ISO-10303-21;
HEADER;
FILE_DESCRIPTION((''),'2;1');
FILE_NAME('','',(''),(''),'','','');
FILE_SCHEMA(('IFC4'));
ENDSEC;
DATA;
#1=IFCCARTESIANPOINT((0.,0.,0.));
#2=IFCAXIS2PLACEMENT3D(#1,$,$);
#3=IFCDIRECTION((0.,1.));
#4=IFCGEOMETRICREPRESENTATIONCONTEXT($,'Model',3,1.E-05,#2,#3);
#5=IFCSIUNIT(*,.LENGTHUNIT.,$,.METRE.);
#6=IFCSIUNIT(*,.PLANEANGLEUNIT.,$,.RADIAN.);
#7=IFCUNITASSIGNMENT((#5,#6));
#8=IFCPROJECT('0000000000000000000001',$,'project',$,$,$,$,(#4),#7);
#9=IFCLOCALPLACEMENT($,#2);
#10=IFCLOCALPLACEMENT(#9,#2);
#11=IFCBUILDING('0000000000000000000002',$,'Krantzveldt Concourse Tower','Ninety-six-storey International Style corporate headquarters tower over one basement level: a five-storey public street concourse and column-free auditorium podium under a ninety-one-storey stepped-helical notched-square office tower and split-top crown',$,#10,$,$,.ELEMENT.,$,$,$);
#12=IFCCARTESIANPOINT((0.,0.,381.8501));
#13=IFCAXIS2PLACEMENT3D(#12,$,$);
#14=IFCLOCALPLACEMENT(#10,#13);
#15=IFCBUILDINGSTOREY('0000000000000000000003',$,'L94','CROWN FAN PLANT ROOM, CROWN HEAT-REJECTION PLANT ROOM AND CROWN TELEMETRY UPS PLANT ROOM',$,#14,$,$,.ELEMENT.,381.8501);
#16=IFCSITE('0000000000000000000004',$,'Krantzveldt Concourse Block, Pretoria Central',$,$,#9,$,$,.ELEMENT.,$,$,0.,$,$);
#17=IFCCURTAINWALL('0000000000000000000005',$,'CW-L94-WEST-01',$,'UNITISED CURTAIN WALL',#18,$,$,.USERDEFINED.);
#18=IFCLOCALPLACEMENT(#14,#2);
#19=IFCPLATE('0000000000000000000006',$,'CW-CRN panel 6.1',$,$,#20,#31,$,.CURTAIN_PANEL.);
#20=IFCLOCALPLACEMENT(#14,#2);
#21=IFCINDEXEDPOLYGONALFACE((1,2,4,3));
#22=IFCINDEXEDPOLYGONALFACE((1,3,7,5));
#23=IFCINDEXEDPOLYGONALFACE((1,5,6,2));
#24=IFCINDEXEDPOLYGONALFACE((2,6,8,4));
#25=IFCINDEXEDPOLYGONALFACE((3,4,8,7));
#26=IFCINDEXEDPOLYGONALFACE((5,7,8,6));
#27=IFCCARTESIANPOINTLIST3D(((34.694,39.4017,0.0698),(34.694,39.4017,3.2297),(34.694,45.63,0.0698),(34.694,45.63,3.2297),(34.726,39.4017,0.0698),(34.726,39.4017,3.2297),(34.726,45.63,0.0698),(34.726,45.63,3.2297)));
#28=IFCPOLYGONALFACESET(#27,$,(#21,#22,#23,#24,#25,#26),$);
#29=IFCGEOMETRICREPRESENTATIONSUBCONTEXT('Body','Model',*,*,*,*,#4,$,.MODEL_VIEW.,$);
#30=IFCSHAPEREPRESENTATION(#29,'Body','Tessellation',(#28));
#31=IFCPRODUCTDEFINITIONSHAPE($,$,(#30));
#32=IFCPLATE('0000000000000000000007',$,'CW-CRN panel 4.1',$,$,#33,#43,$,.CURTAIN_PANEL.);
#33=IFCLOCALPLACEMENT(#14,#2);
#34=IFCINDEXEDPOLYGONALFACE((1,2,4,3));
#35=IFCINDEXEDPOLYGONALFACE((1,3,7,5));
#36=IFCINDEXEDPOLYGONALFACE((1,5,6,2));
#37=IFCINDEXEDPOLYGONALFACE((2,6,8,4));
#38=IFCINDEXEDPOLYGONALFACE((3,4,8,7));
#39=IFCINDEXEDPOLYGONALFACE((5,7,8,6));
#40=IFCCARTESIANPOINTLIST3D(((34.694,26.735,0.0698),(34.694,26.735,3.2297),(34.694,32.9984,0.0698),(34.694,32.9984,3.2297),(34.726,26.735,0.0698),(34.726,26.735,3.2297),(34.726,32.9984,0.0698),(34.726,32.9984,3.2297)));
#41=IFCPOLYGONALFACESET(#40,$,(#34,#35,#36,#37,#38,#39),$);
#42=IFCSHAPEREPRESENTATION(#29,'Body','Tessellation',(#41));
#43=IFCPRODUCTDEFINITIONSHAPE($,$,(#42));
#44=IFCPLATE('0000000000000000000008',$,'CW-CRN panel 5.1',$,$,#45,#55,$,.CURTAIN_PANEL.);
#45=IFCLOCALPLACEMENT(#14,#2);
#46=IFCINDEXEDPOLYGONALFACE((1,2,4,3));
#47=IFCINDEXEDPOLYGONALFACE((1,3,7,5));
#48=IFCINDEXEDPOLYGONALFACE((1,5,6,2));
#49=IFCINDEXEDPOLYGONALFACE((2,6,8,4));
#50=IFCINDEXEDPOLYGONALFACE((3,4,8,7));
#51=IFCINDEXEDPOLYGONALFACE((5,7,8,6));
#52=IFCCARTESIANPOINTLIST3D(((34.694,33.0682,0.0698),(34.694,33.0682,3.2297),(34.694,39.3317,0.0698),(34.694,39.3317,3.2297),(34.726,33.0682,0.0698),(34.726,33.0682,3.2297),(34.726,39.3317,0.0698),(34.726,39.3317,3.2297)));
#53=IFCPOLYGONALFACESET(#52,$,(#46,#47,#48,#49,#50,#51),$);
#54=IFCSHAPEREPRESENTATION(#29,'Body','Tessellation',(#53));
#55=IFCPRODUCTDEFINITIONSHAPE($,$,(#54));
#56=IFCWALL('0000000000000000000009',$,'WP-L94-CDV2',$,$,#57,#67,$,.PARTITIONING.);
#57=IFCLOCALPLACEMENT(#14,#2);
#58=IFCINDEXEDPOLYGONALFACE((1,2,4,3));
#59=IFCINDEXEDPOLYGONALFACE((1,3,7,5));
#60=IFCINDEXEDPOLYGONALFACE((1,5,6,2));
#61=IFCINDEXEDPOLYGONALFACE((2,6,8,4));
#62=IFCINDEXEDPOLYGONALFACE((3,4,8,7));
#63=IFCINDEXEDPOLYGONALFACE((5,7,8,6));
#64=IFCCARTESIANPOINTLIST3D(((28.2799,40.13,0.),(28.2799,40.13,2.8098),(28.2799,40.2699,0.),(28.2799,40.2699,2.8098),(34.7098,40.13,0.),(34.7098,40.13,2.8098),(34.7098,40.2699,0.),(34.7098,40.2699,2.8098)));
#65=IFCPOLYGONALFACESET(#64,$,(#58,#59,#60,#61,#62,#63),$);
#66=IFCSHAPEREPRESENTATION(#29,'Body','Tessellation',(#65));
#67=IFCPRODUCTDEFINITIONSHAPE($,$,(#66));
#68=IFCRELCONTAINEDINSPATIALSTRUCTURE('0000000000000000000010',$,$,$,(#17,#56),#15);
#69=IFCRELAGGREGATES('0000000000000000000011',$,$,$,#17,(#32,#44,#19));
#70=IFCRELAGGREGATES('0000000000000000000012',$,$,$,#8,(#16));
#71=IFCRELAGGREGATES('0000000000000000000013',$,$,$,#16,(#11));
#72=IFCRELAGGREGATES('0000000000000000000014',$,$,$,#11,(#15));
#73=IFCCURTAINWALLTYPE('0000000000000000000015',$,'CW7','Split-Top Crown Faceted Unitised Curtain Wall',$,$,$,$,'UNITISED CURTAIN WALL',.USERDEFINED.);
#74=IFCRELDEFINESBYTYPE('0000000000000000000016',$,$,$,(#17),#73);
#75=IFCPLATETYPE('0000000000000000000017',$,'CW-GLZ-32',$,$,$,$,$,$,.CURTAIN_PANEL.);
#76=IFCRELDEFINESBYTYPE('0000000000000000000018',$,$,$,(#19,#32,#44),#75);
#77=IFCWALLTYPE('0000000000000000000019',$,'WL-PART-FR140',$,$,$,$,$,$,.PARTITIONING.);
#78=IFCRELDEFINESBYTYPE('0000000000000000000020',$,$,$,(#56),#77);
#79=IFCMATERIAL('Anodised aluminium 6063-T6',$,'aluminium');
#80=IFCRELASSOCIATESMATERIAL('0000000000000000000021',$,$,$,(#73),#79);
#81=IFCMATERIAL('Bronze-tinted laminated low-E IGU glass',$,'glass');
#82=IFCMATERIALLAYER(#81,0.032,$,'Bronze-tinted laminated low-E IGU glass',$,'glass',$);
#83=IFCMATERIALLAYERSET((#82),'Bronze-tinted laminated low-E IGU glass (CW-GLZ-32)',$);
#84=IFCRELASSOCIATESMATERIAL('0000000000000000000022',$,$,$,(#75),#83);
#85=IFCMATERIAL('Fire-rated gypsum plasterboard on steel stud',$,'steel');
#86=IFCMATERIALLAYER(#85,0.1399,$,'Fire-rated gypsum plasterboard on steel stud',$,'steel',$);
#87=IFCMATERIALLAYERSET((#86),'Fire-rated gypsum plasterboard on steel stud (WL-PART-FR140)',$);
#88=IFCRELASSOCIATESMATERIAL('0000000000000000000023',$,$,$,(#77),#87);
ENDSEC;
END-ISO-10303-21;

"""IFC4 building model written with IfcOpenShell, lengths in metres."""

from ifc_helpers import new_model, si_unit, direction, frame, frame_2d, origin, origin_2d, place, context, subcontext, project, spatial, rectangle, extrude, source, transform, mapped, material, layer, layer_set, type_object, element, aggregate, save


model = new_model("IFC4")

# Units and contexts
model_context = context("Model", 3, precision=1e-05, world=origin(), true_north=direction((0.0, 1.0)))
body_context = subcontext(model_context, "Body", "Model", "MODEL_VIEW")
ifc_project = project(units=[si_unit("LENGTHUNIT", "METRE"), si_unit("PLANEANGLEUNIT", "RADIAN")], contexts=[model_context])

# Site, building, storey
site_placement = place(None, origin())
site = spatial("IfcSite", under=ifc_project, at=site_placement, Name="Krantzveldt Concourse Block, Pretoria Central", CompositionType="ELEMENT", RefElevation=0.0)
building_placement = place(site_placement, origin())
building = spatial("IfcBuilding", under=site, at=building_placement, Name="Krantzveldt Concourse Tower", Description="Ninety-six-storey International Style corporate headquarters tower over one basement level: a five-storey public street concourse and column-free auditorium podium under a ninety-one-storey stepped-helical notched-square office tower and split-top crown", CompositionType="ELEMENT")
storey_placement = place(building_placement, frame((0.0, 0.0, 381.8501)))
storey = spatial("IfcBuildingStorey", under=building, at=storey_placement, Name="L94", Description="CROWN FAN PLANT ROOM, CROWN HEAT-REJECTION PLANT ROOM AND CROWN TELEMETRY UPS PLANT ROOM", CompositionType="ELEMENT", Elevation=381.8501)

# Curtain wall
ifc_material_1 = material(Name="Anodised aluminium 6063-T6", Category="aluminium")
curtain_wall_type = type_object("IfcCurtainWallType", Name="CW7", Description="Split-Top Crown Faceted Unitised Curtain Wall", ElementType="UNITISED CURTAIN WALL", PredefinedType="USERDEFINED", material=ifc_material_1)
curtain_wall_1_placement = place(storey_placement, origin())
curtain_wall_1 = element("IfcCurtainWall", 1, at=curtain_wall_1_placement, inside=storey, type_object=curtain_wall_type, Name="CW-L94-WEST-01", ObjectType="UNITISED CURTAIN WALL", PredefinedType="USERDEFINED")

# Plates
ifc_material_2 = material(Name="Bronze-tinted laminated low-E IGU glass", Category="glass")
ifc_layer_1 = layer(ifc_material_2, 0.032, Name="Bronze-tinted laminated low-E IGU glass", Category="glass")
ifc_layer_set_1 = layer_set([ifc_layer_1], Name="Bronze-tinted laminated low-E IGU glass (CW-GLZ-32)")
plate_type = type_object("IfcPlateType", Name="CW-GLZ-32", PredefinedType="CURTAIN_PANEL", material=ifc_layer_set_1)
shared_shape_1 = source(origin(), body_context, "Body", "SweptSolid", [
    extrude(rectangle(XDim=6.2283, YDim=0.032, at=origin_2d()), origin(), (0.0, 0.0, 1.0), 3.1599),
])
plate_1_placement = place(storey_placement, frame((34.71, 42.5159, 0.0698), z_axis=(0.0, 0.0, 1.0), x_axis=(0.0, 1.0, 0.0)))
plate_1 = element("IfcPlate", 2, at=plate_1_placement, type_object=plate_type, Name="CW-CRN panel 6.1", PredefinedType="CURTAIN_PANEL", context=body_context, shape_type="MappedRepresentation", body=[
    mapped(shared_shape_1, transform((0.0, 0.0, 0.0), x_axis=(1.0, 0.0, 0.0), y_axis=(0.0, 1.0, 0.0), z_axis=(0.0, 0.0, 1.0), scale=1.0)),
])
shared_shape_2 = source(origin(), body_context, "Body", "SweptSolid", [
    extrude(rectangle(XDim=6.2634, YDim=0.032, at=origin_2d()), origin(), (0.0, 0.0, 1.0), 3.1599),
])
plate_2_placement = place(storey_placement, frame((34.71, 29.8667, 0.0698), z_axis=(0.0, 0.0, 1.0), x_axis=(0.0, 1.0, 0.0)))
plate_2 = element("IfcPlate", 3, at=plate_2_placement, type_object=plate_type, Name="CW-CRN panel 4.1", PredefinedType="CURTAIN_PANEL", context=body_context, shape_type="MappedRepresentation", body=[
    mapped(shared_shape_2, transform((0.0, 0.0, 0.0), x_axis=(1.0, 0.0, 0.0), y_axis=(0.0, 1.0, 0.0), z_axis=(0.0, 0.0, 1.0), scale=1.0)),
])
plate_3_placement = place(storey_placement, frame((34.71, 36.2, 0.0698), z_axis=(0.0, 0.0, 1.0), x_axis=(0.0, 1.0, 0.0)))
plate_3 = element("IfcPlate", 4, at=plate_3_placement, type_object=plate_type, Name="CW-CRN panel 5.1", PredefinedType="CURTAIN_PANEL", context=body_context, shape_type="MappedRepresentation", body=[
    mapped(shared_shape_2, transform((0.0, 0.0, 0.0), x_axis=(1.0, 0.0, 0.0), y_axis=(0.0, 1.0, 0.0), z_axis=(0.0, 0.0, 1.0), scale=1.0)),
])
aggregate(curtain_wall_1, [plate_2, plate_3, plate_1])

# Wall
ifc_material_3 = material(Name="Fire-rated gypsum plasterboard on steel stud", Category="steel")
ifc_layer_2 = layer(ifc_material_3, 0.1399, Name="Fire-rated gypsum plasterboard on steel stud", Category="steel")
ifc_layer_set_2 = layer_set([ifc_layer_2], Name="Fire-rated gypsum plasterboard on steel stud (WL-PART-FR140)")
wall_type = type_object("IfcWallType", Name="WL-PART-FR140", PredefinedType="PARTITIONING", material=ifc_layer_set_2)
wall_placement = place(storey_placement, frame((28.28, 40.2, 0.0), z_axis=(0.0, 0.0, 1.0), x_axis=(1.0, 0.0, 0.0)))
element("IfcWall", 5, at=wall_placement, inside=storey, type_object=wall_type, Name="WP-L94-CDV2", PredefinedType="PARTITIONING", context=body_context, shape_type="SweptSolid", body=[
    extrude(rectangle(XDim=6.4299, YDim=0.1399, at=frame_2d((3.2148, 0.0))), origin(), (0.0, 0.0, 1.0), 2.8098),
])

save(model, "model.ifc")
